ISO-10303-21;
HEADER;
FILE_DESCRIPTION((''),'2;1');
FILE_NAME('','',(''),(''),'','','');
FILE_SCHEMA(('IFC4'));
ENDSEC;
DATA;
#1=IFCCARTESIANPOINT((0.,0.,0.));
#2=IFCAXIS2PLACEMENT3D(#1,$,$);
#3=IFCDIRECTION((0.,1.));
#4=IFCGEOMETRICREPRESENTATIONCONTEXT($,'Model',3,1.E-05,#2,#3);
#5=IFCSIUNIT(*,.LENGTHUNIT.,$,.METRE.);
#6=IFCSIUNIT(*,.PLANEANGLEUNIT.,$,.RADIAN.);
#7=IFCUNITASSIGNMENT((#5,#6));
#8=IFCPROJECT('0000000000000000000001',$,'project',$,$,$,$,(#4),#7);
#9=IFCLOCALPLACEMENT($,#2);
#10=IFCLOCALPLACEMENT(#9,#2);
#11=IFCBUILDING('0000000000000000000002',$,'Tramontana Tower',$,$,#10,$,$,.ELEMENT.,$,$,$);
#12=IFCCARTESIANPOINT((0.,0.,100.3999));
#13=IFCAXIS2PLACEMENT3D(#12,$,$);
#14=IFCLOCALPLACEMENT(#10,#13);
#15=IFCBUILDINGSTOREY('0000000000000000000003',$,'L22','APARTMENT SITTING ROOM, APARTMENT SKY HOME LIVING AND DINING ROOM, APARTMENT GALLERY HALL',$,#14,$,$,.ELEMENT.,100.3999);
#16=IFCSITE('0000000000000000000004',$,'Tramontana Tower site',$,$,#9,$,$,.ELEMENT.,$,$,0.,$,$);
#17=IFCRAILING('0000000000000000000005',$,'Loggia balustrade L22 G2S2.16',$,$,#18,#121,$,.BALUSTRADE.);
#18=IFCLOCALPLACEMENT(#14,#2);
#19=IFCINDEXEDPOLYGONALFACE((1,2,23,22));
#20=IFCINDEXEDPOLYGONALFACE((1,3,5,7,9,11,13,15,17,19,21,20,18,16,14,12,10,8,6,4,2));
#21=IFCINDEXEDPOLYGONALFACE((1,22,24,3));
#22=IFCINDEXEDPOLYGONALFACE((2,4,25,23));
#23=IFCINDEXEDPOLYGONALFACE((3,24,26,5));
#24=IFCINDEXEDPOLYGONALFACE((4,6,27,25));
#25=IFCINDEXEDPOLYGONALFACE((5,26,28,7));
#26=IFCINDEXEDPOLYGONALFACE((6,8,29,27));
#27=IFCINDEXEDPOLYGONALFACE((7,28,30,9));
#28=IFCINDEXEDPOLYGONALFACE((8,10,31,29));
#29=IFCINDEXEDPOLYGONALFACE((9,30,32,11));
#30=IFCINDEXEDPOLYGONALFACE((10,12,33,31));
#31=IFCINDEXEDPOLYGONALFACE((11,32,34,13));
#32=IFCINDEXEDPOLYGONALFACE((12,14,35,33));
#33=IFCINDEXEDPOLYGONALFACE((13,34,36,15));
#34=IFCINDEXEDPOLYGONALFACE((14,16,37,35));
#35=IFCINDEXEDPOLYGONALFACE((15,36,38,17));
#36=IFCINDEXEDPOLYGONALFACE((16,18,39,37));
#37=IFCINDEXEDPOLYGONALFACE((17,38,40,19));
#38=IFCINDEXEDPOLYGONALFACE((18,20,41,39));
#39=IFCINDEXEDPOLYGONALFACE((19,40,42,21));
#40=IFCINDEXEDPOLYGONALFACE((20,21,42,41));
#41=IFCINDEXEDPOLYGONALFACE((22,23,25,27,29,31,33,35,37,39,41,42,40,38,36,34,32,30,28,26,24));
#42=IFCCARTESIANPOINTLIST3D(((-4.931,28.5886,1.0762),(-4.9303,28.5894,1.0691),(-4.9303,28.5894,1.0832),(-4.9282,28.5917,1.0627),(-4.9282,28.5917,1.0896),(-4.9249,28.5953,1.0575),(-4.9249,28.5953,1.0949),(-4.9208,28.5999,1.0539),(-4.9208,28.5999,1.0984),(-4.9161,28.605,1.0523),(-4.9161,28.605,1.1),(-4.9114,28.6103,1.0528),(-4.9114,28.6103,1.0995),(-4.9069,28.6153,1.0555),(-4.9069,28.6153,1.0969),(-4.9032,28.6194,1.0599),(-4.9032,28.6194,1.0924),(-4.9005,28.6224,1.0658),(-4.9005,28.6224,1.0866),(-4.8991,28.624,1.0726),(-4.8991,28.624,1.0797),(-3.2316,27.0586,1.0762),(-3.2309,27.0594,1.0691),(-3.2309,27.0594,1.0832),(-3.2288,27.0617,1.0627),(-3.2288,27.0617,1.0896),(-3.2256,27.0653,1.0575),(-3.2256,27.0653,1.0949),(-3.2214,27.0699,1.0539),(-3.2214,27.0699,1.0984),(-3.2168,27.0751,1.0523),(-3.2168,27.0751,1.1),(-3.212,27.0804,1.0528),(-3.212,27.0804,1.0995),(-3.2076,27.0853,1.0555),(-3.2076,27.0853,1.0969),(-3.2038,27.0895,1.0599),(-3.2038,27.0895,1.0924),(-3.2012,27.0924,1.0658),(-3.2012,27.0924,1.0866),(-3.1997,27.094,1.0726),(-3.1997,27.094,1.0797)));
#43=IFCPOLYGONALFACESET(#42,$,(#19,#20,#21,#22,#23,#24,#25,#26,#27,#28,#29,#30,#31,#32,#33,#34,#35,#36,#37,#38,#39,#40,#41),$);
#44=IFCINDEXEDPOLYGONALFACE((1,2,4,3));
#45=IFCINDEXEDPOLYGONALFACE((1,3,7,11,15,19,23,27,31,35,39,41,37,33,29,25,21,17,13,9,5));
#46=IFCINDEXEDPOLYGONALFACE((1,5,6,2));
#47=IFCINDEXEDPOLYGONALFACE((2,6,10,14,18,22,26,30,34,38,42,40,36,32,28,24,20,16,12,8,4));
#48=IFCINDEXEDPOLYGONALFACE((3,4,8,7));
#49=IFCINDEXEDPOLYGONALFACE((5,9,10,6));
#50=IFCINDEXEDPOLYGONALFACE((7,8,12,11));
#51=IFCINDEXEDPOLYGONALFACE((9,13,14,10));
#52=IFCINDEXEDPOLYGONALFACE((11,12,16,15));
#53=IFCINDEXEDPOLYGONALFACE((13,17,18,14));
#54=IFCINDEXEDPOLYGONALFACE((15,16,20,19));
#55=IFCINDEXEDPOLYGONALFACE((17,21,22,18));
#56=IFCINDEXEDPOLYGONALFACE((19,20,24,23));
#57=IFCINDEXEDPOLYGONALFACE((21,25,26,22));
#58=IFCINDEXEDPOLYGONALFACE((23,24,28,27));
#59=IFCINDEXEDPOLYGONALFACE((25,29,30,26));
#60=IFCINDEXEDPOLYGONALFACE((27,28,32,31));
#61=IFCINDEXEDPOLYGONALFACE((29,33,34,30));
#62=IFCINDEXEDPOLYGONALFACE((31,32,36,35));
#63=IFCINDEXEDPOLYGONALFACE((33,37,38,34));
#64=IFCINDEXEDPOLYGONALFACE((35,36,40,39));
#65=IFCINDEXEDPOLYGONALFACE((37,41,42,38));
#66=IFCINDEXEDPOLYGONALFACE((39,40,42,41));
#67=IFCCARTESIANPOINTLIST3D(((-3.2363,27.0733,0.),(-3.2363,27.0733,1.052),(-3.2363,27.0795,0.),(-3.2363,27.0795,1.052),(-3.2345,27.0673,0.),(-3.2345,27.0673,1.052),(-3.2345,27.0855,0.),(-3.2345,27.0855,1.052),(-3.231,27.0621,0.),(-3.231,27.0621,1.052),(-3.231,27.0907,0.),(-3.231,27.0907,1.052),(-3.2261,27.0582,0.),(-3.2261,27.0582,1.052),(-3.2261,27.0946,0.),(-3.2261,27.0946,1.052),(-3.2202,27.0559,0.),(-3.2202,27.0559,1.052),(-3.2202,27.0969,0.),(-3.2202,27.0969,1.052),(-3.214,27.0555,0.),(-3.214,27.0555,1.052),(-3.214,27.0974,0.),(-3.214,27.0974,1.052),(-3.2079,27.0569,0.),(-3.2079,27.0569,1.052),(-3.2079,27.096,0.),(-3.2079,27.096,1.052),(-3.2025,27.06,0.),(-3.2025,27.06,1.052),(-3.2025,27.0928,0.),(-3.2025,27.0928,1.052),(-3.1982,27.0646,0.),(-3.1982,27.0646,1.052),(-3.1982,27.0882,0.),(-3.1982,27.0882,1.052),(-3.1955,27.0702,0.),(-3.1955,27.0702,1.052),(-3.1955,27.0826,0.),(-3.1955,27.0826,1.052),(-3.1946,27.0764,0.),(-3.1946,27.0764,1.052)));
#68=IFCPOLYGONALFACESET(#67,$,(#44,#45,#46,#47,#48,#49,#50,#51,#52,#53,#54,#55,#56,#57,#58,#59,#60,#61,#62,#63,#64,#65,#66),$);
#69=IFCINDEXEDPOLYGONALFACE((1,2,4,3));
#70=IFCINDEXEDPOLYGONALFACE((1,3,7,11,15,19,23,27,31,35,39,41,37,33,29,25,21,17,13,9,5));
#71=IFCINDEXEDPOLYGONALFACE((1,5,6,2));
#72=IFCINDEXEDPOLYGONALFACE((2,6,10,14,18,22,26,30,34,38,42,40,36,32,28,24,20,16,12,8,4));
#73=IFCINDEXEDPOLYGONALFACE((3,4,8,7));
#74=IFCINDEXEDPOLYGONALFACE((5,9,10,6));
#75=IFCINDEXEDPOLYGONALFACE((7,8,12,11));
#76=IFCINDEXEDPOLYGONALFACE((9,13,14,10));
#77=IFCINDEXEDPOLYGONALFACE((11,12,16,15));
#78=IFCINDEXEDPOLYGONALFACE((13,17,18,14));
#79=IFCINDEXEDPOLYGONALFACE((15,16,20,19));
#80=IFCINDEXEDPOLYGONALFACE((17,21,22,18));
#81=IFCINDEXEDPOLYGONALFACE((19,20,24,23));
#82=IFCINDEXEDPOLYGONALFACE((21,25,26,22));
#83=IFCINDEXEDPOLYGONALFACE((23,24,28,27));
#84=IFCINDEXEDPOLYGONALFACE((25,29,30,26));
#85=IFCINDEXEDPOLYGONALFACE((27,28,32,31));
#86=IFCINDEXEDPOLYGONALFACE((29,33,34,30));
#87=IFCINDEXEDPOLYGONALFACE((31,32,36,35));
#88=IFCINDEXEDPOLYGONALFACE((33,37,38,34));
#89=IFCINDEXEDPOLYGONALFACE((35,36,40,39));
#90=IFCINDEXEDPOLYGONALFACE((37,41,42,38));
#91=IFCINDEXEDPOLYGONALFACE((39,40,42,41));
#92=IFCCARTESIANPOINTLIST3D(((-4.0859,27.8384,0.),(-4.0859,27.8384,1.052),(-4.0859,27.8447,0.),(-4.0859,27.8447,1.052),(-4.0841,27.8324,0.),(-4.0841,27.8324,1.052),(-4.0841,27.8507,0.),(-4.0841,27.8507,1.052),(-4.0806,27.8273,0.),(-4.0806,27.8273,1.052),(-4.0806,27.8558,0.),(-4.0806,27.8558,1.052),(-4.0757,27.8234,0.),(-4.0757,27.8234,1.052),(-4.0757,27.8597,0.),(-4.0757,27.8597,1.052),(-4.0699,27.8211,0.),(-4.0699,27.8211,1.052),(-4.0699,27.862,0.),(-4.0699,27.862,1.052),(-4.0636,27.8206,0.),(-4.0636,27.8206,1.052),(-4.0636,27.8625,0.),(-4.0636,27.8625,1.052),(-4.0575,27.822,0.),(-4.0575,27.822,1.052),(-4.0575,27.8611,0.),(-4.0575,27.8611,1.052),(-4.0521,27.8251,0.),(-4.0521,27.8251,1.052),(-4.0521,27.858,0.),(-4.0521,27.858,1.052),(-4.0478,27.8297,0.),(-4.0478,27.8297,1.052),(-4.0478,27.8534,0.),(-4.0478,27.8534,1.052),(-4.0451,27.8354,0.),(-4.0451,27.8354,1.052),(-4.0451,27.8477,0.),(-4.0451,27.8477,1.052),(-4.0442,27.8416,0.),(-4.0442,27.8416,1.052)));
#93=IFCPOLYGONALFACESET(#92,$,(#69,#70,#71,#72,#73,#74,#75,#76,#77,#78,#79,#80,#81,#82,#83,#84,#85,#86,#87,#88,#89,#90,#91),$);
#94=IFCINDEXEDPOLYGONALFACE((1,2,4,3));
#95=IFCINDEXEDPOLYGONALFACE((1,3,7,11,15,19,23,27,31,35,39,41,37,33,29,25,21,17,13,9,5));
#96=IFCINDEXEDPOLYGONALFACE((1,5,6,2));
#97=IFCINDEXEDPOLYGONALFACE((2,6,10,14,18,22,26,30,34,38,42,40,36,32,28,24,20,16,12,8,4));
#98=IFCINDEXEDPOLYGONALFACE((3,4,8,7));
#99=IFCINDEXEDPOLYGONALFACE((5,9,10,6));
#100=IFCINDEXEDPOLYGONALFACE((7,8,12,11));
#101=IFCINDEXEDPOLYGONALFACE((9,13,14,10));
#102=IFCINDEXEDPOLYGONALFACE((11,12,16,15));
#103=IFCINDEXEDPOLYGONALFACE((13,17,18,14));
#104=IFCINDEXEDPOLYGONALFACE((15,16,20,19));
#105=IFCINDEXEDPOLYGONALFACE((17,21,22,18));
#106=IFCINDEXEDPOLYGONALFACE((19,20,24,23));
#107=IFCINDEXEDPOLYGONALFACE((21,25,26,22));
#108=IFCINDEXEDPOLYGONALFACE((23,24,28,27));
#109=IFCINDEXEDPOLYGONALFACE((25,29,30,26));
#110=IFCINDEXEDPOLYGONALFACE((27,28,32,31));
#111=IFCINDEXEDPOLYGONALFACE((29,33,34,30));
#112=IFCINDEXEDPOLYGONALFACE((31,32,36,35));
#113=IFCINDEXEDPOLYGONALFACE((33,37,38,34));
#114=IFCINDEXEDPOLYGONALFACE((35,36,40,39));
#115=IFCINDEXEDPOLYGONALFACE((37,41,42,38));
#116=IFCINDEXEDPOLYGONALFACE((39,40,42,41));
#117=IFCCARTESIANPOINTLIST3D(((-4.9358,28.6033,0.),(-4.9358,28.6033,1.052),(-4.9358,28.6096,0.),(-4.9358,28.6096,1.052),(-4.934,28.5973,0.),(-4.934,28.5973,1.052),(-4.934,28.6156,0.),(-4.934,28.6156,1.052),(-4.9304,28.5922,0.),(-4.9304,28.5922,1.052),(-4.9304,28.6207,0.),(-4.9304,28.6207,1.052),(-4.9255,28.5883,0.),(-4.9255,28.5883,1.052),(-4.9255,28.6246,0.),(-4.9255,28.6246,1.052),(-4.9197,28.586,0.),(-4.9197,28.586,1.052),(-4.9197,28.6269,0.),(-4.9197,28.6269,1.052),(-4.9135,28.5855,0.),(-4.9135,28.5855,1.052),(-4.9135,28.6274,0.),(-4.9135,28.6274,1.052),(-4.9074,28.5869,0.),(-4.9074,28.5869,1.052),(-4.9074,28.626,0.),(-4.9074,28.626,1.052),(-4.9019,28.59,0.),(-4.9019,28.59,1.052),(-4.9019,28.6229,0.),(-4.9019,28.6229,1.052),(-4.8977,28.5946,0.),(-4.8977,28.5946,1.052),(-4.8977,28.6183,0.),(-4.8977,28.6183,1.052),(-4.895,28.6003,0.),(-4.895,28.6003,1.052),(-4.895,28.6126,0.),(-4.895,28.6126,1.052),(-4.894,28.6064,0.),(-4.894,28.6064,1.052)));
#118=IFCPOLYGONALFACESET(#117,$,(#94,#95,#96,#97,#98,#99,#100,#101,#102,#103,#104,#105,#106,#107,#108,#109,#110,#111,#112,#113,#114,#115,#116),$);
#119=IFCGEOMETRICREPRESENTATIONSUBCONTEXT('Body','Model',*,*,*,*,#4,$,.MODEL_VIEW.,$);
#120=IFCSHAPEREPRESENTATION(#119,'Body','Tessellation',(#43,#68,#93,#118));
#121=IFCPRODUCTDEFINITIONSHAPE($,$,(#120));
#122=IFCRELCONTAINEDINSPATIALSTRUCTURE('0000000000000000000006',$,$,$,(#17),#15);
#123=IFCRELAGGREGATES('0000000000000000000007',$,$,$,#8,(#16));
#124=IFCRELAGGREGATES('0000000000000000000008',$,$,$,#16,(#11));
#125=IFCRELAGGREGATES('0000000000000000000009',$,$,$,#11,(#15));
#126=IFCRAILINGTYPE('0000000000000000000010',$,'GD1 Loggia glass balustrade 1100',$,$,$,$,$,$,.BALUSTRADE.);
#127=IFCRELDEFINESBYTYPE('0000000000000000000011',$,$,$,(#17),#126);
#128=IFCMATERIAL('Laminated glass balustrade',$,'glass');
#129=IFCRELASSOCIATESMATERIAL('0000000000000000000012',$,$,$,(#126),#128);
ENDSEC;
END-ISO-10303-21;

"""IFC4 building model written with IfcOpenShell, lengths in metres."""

from ifc_helpers import new_model, si_unit, direction, frame, origin, origin_2d, place, context, subcontext, project, spatial, circle, extrude, material, type_object, element, save


model = new_model("IFC4")

# Units and contexts
model_context = context("Model", 3, precision=1e-05, world=origin(), true_north=direction((0.0, 1.0)))
body_context = subcontext(model_context, "Body", "Model", "MODEL_VIEW")
ifc_project = project(units=[si_unit("LENGTHUNIT", "METRE"), si_unit("PLANEANGLEUNIT", "RADIAN")], contexts=[model_context])

# Site, building, storey
site_placement = place(None, origin())
site = spatial("IfcSite", under=ifc_project, at=site_placement, Name="Tramontana Tower site", CompositionType="ELEMENT", RefElevation=0.0)
building_placement = place(site_placement, origin())
building = spatial("IfcBuilding", under=site, at=building_placement, Name="Tramontana Tower", CompositionType="ELEMENT")
storey_placement = place(building_placement, frame((0.0, 0.0, 100.3999)))
storey = spatial("IfcBuildingStorey", under=building, at=storey_placement, Name="L22", Description="APARTMENT SITTING ROOM, APARTMENT SKY HOME LIVING AND DINING ROOM, APARTMENT GALLERY HALL", CompositionType="ELEMENT", Elevation=100.3999)

# Railing
ifc_material_1 = material(Name="Laminated glass balustrade", Category="glass")
railing_type = type_object("IfcRailingType", Name="GD1 Loggia glass balustrade 1100", PredefinedType="BALUSTRADE", material=ifc_material_1)
railing_1_placement = place(storey_placement, frame((-3.2156, 27.0764, 0.0)))
element("IfcRailing", 1, at=railing_1_placement, inside=storey, type_object=railing_type, Name="Loggia balustrade L22 G2S2.16", PredefinedType="BALUSTRADE", context=body_context, shape_type="SweptSolid", body=[
    extrude(circle(Radius=0.0239, at=origin_2d()), frame((0.0, 0.0, 1.0762), z_axis=(-0.743183, 0.669089, 0.0), x_axis=(-0.669089, -0.743183, 0.0)), (0.0, 0.0, 1.0), 2.2866),
    extrude(circle(Radius=0.021, at=origin_2d()), origin(), (0.0, 0.0, 1.0), 1.052),
    extrude(circle(Radius=0.021, at=origin_2d()), frame((-0.8496, 0.7651, 0.0)), (0.0, 0.0, 1.0), 1.052),
    extrude(circle(Radius=0.021, at=origin_2d()), frame((-1.6995, 1.53, 0.0)), (0.0, 0.0, 1.0), 1.052),
])

save(model, "model.ifc")
